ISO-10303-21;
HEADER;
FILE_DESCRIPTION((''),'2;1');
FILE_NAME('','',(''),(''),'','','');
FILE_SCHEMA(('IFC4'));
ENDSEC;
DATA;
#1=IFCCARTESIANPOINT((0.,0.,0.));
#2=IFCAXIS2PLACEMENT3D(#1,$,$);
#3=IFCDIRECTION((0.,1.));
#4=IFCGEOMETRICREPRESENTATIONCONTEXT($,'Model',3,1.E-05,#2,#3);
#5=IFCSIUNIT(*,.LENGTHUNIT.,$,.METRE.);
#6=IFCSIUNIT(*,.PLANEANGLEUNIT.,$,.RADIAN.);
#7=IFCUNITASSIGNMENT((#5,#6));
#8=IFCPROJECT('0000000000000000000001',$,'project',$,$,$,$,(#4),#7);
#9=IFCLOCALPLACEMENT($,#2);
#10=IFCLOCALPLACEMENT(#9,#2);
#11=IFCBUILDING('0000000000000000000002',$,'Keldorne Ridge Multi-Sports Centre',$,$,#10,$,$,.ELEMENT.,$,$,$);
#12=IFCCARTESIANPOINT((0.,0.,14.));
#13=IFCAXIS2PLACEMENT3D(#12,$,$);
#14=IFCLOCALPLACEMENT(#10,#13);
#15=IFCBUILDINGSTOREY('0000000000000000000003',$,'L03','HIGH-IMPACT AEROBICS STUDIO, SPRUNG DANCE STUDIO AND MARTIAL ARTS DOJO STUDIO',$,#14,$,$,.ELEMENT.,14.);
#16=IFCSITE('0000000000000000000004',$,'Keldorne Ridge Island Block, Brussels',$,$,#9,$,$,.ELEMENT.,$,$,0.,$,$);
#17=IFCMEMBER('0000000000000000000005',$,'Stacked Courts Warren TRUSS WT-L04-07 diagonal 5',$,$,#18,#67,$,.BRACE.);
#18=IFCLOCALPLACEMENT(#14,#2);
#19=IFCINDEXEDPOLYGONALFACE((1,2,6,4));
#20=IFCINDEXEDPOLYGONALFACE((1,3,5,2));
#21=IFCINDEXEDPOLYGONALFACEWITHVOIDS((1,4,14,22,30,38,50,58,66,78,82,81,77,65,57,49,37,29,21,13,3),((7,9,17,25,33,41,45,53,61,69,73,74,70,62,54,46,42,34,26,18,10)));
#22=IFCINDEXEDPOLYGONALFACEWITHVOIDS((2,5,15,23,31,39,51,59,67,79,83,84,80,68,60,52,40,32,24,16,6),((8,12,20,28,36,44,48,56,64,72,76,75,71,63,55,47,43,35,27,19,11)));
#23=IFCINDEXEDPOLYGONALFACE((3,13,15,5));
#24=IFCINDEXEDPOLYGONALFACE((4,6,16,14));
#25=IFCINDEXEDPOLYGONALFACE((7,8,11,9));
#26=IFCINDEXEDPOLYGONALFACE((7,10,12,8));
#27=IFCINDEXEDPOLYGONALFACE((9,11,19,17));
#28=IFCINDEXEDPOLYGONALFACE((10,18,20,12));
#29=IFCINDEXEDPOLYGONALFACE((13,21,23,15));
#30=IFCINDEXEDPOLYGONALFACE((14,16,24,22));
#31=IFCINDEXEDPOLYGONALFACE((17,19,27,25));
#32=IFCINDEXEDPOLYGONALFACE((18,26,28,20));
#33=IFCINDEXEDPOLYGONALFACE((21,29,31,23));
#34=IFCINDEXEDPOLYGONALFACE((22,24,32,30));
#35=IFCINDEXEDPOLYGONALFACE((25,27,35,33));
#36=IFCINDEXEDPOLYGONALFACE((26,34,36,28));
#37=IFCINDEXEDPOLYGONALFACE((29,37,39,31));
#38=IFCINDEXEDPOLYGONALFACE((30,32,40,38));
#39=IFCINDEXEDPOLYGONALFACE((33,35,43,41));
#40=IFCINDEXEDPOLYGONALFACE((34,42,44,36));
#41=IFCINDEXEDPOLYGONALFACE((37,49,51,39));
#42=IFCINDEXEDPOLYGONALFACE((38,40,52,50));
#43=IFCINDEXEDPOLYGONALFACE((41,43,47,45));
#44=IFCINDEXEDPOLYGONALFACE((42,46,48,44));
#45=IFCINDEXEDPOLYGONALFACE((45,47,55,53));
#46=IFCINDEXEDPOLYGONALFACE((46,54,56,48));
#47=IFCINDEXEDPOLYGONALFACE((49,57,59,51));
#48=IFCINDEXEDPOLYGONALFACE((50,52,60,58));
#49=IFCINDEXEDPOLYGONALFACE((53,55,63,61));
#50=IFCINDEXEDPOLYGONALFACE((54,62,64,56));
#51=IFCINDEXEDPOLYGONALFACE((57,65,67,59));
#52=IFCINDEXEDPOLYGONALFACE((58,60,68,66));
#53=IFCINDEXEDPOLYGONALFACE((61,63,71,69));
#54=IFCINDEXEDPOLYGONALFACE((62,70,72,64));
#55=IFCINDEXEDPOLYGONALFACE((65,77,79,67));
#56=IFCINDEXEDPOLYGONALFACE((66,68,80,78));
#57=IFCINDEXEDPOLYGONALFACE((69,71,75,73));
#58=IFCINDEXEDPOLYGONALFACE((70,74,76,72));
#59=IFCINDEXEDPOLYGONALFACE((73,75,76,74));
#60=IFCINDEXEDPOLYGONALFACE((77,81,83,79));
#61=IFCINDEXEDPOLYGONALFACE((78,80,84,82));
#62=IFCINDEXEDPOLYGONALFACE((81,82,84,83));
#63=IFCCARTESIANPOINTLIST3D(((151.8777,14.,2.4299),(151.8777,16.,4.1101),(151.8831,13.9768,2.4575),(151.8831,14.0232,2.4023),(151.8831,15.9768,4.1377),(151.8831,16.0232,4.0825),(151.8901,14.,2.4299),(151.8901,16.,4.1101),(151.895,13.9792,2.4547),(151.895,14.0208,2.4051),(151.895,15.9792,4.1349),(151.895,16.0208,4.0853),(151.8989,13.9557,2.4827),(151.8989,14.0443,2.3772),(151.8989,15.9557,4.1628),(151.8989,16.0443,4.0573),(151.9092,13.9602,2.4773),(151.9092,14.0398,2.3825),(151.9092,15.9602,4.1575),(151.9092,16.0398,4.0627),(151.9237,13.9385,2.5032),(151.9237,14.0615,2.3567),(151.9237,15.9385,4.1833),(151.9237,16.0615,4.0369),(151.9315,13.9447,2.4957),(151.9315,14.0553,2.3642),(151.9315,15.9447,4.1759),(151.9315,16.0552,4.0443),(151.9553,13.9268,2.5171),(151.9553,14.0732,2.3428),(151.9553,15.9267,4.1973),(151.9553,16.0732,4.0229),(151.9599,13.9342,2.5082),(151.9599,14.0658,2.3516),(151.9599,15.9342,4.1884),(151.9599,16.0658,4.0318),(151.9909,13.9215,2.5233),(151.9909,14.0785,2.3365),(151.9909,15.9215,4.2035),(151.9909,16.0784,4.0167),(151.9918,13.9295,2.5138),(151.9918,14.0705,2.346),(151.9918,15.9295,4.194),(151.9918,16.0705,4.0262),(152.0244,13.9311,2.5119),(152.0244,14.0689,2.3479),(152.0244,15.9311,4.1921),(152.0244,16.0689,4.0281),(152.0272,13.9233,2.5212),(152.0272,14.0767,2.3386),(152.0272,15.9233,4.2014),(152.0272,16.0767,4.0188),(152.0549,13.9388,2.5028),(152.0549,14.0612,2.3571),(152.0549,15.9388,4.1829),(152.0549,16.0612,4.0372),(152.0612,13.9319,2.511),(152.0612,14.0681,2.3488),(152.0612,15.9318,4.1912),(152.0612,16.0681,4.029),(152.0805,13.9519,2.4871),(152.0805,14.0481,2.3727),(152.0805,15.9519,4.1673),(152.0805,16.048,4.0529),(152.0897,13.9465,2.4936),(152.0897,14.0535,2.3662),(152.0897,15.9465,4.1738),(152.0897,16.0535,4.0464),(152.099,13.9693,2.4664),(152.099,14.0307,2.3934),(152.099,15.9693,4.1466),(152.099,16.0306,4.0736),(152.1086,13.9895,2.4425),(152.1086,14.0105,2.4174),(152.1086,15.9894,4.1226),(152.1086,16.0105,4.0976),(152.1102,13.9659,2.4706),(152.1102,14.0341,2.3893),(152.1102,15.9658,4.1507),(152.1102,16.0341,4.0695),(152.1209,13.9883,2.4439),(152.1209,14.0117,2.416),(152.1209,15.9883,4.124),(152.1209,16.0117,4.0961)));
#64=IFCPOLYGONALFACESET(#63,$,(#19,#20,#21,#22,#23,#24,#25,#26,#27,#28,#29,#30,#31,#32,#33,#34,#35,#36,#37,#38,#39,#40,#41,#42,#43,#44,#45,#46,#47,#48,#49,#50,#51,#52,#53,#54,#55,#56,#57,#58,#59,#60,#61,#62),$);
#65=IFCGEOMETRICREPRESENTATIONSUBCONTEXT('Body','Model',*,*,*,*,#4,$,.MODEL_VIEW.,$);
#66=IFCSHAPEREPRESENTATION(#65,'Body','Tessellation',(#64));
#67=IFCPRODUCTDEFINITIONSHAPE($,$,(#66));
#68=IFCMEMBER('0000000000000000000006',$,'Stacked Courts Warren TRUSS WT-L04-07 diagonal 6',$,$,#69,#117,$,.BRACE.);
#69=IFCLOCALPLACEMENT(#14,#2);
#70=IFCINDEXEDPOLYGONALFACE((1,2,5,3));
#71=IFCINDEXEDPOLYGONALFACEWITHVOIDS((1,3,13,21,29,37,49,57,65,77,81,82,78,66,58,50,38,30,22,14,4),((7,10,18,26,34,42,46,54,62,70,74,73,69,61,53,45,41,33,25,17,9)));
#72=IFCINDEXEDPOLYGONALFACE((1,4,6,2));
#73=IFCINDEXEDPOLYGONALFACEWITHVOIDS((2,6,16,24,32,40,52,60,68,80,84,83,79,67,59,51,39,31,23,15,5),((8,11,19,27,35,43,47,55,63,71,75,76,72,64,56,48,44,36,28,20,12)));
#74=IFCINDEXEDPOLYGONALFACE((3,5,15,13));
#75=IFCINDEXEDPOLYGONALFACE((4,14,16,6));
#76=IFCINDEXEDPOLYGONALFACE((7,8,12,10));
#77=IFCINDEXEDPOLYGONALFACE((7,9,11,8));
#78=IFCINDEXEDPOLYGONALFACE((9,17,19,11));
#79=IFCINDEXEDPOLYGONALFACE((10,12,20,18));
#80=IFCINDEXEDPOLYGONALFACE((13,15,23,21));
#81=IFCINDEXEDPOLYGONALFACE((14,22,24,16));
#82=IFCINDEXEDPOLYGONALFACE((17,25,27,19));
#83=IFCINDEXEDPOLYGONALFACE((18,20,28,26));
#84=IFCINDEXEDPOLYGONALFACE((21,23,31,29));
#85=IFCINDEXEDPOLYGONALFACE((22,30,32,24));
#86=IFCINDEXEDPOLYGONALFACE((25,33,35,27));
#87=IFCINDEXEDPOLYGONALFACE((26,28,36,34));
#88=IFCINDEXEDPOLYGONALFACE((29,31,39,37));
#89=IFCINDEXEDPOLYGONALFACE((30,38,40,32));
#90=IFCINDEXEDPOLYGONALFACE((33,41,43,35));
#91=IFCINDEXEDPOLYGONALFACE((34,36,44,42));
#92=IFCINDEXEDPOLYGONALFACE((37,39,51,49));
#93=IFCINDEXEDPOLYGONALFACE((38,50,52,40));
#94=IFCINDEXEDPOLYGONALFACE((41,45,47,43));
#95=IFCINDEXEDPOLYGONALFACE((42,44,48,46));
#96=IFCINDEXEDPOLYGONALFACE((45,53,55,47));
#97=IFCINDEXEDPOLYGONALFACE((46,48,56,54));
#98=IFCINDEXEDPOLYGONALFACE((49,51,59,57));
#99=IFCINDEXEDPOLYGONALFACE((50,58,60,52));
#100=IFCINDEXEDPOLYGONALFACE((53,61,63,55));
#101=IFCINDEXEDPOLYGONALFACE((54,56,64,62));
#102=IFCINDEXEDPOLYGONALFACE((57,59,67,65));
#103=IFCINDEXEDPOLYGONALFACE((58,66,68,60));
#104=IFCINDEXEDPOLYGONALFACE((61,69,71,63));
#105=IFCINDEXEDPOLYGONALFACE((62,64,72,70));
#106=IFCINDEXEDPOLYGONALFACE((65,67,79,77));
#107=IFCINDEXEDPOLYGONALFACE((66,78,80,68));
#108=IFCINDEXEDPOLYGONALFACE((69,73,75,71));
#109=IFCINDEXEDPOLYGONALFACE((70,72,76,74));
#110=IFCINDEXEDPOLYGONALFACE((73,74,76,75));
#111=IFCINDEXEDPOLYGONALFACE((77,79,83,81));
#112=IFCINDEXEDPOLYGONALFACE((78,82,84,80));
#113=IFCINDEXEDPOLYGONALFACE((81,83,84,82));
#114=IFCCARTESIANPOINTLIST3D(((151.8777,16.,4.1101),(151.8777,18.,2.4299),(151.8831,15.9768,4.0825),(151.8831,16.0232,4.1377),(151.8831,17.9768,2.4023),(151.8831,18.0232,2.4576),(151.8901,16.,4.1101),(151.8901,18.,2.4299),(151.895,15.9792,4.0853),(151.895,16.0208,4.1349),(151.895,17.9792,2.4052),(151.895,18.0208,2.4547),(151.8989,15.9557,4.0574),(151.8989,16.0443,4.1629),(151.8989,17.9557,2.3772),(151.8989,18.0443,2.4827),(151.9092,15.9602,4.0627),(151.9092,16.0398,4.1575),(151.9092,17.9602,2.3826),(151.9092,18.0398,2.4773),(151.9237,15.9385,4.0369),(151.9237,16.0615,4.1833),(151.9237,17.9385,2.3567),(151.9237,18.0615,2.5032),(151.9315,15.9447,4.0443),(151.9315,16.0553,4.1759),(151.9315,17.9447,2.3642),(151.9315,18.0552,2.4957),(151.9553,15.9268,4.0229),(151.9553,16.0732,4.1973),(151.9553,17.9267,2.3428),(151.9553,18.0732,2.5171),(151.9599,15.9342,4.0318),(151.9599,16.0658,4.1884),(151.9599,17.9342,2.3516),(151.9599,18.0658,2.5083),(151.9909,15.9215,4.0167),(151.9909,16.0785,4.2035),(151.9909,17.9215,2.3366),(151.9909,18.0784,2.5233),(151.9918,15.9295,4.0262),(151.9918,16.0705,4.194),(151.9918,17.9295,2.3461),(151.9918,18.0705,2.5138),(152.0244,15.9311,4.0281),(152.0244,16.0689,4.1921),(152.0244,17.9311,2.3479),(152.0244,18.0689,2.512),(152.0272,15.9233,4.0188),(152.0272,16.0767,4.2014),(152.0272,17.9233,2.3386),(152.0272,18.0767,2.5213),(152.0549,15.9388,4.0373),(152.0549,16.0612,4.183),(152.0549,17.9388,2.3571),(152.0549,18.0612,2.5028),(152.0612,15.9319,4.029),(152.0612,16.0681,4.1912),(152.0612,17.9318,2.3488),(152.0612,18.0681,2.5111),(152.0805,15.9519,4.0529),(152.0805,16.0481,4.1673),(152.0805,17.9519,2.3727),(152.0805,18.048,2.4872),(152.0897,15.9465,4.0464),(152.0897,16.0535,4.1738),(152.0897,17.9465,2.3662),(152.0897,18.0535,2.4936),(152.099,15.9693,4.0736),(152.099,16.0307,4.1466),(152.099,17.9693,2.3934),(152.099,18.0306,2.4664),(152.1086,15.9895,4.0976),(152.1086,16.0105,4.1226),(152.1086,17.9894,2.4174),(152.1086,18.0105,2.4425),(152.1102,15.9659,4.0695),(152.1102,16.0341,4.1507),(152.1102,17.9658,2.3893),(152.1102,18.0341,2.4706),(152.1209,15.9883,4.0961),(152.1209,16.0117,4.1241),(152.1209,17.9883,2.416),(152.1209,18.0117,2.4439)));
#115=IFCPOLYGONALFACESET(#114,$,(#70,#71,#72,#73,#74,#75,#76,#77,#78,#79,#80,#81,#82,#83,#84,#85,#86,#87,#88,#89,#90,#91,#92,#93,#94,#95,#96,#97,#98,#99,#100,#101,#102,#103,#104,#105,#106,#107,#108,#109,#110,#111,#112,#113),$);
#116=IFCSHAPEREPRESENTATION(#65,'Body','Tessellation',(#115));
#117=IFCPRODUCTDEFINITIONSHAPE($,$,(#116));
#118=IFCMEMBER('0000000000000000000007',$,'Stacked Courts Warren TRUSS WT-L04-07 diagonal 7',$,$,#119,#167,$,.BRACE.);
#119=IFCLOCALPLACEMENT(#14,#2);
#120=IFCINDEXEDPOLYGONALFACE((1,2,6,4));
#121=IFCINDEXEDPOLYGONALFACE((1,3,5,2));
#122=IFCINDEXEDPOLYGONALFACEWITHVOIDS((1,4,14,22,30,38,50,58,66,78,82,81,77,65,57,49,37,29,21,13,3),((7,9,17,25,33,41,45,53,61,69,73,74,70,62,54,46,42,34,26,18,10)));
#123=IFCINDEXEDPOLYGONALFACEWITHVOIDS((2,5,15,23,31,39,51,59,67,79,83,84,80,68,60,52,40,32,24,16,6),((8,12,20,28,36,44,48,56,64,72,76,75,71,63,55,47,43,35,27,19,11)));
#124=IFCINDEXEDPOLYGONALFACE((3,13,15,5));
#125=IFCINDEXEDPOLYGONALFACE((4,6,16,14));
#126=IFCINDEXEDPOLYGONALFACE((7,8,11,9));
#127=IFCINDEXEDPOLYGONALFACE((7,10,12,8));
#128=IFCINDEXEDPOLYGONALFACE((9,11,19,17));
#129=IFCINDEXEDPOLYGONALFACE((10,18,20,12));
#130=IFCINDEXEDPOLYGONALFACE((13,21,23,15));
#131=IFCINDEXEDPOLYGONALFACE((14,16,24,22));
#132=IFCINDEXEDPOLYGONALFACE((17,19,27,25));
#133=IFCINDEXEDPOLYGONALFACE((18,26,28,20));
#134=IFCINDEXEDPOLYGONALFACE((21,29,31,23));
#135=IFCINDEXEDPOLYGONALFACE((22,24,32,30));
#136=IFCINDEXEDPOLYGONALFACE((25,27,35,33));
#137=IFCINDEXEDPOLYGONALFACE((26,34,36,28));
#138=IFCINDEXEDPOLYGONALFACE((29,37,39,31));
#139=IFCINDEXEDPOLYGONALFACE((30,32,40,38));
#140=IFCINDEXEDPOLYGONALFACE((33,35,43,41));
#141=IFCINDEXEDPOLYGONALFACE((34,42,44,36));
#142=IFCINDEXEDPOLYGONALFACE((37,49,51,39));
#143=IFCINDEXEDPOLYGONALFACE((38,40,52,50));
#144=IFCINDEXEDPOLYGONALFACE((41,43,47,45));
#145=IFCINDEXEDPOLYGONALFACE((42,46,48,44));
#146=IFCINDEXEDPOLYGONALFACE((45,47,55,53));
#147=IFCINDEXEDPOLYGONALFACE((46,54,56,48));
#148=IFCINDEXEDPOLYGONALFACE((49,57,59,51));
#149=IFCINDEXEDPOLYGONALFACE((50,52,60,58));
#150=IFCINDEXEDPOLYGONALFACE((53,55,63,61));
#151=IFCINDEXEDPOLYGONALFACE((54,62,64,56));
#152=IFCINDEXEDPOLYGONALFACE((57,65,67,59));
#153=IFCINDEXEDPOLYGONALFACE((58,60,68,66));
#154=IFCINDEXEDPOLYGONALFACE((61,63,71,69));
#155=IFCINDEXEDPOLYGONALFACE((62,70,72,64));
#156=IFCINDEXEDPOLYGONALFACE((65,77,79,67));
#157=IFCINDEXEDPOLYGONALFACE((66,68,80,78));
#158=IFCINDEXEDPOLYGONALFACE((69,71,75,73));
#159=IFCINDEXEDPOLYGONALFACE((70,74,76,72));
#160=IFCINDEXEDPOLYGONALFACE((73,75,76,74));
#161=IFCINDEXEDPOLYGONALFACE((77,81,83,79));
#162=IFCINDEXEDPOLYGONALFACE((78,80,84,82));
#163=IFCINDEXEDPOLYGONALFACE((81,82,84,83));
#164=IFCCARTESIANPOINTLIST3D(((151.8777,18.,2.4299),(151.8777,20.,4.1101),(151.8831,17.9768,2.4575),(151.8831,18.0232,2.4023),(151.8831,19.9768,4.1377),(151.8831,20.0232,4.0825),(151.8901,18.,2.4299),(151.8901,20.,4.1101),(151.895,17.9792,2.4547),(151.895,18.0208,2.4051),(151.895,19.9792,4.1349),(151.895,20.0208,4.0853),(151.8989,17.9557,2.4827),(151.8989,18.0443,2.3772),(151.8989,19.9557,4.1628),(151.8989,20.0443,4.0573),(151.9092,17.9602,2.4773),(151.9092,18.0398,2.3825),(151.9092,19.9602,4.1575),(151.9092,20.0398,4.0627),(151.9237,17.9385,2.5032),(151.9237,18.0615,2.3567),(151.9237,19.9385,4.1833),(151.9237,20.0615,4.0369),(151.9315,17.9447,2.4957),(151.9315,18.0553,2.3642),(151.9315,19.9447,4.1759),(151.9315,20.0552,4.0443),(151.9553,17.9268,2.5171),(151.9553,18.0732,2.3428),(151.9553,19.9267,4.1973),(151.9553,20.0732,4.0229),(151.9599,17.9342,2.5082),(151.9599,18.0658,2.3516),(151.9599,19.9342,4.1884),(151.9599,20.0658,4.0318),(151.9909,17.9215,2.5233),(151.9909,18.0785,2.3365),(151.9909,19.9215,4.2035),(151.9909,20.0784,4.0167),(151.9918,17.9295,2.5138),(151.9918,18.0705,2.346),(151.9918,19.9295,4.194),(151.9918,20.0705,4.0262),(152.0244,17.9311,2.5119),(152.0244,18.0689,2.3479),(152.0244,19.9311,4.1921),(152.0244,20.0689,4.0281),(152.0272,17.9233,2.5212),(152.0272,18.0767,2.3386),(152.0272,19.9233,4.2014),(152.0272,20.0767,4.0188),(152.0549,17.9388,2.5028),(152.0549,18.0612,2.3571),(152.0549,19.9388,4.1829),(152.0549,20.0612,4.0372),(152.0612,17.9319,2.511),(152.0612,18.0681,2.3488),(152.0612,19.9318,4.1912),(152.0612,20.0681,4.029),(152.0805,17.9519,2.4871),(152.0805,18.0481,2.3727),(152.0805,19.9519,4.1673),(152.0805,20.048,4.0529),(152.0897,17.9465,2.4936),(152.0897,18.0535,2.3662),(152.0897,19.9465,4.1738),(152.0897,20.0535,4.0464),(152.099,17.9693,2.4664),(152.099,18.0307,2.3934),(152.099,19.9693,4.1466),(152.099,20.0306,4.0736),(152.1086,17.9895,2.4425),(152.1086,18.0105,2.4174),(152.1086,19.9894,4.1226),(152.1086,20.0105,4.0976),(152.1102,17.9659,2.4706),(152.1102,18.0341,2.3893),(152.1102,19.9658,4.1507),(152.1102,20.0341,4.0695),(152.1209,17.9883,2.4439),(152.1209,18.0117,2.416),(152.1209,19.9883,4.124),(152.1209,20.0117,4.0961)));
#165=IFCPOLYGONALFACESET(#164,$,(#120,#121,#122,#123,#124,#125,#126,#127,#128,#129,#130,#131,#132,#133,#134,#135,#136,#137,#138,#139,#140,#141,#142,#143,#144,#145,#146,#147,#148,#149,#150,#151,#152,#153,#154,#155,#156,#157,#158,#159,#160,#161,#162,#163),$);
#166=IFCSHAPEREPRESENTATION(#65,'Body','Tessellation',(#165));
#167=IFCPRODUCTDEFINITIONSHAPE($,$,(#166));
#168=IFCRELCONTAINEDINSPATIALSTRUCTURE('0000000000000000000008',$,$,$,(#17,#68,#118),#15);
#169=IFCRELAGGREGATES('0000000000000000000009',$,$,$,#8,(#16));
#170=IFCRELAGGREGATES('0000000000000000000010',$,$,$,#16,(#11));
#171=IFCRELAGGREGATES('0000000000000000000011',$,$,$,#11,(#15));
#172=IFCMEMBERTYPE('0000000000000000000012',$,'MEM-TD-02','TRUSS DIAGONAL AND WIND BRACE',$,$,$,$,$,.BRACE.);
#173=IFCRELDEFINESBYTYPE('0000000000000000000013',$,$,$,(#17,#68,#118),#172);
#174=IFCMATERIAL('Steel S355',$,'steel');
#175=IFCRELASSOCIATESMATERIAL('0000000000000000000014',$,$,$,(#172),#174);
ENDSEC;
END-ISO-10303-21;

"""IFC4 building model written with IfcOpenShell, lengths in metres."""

from ifc_helpers import new_model, si_unit, direction, frame, origin, origin_2d, place, context, subcontext, project, spatial, hollow_circle, extrude, material, material_profile, profile_set, type_object, element, save


model = new_model("IFC4")

# Units and contexts
model_context = context("Model", 3, precision=1e-05, world=origin(), true_north=direction((0.0, 1.0)))
body_context = subcontext(model_context, "Body", "Model", "MODEL_VIEW")
ifc_project = project(units=[si_unit("LENGTHUNIT", "METRE"), si_unit("PLANEANGLEUNIT", "RADIAN")], contexts=[model_context])

# Site, building, storey
site_placement = place(None, origin())
site = spatial("IfcSite", under=ifc_project, at=site_placement, Name="Keldorne Ridge Island Block, Brussels", CompositionType="ELEMENT", RefElevation=0.0)
building_placement = place(site_placement, origin())
building = spatial("IfcBuilding", under=site, at=building_placement, Name="Keldorne Ridge Multi-Sports Centre", CompositionType="ELEMENT")
storey_placement = place(building_placement, frame((0.0, 0.0, 14.0)))
storey = spatial("IfcBuildingStorey", under=building, at=storey_placement, Name="L03", Description="HIGH-IMPACT AEROBICS STUDIO, SPRUNG DANCE STUDIO AND MARTIAL ARTS DOJO STUDIO", CompositionType="ELEMENT", Elevation=14.0)

# Members
ifc_material = material(Name="Steel S355", Category="steel")
ifc_material_profile_1 = material_profile(ifc_material, hollow_circle(Radius=0.1223, WallThickness=0.0125, at=origin_2d()), Name="CHS 244.5x12.5")
ifc_profile_set_1 = profile_set([ifc_material_profile_1], Name="Steel S355")
member_type_1 = type_object("IfcMemberType", Name="MEM-TD-02", Description="TRUSS DIAGONAL AND WIND BRACE", PredefinedType="BRACE", material=ifc_profile_set_1)
for number, where, z_axis, x_axis, name in (
    (1, (152.0, 14.0, 2.4299), (0.0, 0.765672, 0.643232), (-1.0, 0.0, 0.0), "Stacked Courts Warren TRUSS WT-L04-07 diagonal 5"),
    (2, (152.0, 16.0, 4.1101), (0.0, 0.765672, -0.643232), (-1.0, 0.0, 0.0), "Stacked Courts Warren TRUSS WT-L04-07 diagonal 6"),
    (3, (152.0, 18.0, 2.4299), (0.0, 0.765672, 0.643232), (-1.0, 0.0, 0.0), "Stacked Courts Warren TRUSS WT-L04-07 diagonal 7"),
):
    element("IfcMember", number, at=place(storey_placement, frame(where, z_axis=z_axis, x_axis=x_axis)), inside=storey, type_object=member_type_1, Name=name, PredefinedType="BRACE", context=body_context, shape_type="SweptSolid", body=[
        extrude(hollow_circle(Radius=0.1223, WallThickness=0.0125, at=origin_2d()), origin(), (0.0, 0.0, 1.0), 2.6121),
    ])

save(model, "model.ifc")
